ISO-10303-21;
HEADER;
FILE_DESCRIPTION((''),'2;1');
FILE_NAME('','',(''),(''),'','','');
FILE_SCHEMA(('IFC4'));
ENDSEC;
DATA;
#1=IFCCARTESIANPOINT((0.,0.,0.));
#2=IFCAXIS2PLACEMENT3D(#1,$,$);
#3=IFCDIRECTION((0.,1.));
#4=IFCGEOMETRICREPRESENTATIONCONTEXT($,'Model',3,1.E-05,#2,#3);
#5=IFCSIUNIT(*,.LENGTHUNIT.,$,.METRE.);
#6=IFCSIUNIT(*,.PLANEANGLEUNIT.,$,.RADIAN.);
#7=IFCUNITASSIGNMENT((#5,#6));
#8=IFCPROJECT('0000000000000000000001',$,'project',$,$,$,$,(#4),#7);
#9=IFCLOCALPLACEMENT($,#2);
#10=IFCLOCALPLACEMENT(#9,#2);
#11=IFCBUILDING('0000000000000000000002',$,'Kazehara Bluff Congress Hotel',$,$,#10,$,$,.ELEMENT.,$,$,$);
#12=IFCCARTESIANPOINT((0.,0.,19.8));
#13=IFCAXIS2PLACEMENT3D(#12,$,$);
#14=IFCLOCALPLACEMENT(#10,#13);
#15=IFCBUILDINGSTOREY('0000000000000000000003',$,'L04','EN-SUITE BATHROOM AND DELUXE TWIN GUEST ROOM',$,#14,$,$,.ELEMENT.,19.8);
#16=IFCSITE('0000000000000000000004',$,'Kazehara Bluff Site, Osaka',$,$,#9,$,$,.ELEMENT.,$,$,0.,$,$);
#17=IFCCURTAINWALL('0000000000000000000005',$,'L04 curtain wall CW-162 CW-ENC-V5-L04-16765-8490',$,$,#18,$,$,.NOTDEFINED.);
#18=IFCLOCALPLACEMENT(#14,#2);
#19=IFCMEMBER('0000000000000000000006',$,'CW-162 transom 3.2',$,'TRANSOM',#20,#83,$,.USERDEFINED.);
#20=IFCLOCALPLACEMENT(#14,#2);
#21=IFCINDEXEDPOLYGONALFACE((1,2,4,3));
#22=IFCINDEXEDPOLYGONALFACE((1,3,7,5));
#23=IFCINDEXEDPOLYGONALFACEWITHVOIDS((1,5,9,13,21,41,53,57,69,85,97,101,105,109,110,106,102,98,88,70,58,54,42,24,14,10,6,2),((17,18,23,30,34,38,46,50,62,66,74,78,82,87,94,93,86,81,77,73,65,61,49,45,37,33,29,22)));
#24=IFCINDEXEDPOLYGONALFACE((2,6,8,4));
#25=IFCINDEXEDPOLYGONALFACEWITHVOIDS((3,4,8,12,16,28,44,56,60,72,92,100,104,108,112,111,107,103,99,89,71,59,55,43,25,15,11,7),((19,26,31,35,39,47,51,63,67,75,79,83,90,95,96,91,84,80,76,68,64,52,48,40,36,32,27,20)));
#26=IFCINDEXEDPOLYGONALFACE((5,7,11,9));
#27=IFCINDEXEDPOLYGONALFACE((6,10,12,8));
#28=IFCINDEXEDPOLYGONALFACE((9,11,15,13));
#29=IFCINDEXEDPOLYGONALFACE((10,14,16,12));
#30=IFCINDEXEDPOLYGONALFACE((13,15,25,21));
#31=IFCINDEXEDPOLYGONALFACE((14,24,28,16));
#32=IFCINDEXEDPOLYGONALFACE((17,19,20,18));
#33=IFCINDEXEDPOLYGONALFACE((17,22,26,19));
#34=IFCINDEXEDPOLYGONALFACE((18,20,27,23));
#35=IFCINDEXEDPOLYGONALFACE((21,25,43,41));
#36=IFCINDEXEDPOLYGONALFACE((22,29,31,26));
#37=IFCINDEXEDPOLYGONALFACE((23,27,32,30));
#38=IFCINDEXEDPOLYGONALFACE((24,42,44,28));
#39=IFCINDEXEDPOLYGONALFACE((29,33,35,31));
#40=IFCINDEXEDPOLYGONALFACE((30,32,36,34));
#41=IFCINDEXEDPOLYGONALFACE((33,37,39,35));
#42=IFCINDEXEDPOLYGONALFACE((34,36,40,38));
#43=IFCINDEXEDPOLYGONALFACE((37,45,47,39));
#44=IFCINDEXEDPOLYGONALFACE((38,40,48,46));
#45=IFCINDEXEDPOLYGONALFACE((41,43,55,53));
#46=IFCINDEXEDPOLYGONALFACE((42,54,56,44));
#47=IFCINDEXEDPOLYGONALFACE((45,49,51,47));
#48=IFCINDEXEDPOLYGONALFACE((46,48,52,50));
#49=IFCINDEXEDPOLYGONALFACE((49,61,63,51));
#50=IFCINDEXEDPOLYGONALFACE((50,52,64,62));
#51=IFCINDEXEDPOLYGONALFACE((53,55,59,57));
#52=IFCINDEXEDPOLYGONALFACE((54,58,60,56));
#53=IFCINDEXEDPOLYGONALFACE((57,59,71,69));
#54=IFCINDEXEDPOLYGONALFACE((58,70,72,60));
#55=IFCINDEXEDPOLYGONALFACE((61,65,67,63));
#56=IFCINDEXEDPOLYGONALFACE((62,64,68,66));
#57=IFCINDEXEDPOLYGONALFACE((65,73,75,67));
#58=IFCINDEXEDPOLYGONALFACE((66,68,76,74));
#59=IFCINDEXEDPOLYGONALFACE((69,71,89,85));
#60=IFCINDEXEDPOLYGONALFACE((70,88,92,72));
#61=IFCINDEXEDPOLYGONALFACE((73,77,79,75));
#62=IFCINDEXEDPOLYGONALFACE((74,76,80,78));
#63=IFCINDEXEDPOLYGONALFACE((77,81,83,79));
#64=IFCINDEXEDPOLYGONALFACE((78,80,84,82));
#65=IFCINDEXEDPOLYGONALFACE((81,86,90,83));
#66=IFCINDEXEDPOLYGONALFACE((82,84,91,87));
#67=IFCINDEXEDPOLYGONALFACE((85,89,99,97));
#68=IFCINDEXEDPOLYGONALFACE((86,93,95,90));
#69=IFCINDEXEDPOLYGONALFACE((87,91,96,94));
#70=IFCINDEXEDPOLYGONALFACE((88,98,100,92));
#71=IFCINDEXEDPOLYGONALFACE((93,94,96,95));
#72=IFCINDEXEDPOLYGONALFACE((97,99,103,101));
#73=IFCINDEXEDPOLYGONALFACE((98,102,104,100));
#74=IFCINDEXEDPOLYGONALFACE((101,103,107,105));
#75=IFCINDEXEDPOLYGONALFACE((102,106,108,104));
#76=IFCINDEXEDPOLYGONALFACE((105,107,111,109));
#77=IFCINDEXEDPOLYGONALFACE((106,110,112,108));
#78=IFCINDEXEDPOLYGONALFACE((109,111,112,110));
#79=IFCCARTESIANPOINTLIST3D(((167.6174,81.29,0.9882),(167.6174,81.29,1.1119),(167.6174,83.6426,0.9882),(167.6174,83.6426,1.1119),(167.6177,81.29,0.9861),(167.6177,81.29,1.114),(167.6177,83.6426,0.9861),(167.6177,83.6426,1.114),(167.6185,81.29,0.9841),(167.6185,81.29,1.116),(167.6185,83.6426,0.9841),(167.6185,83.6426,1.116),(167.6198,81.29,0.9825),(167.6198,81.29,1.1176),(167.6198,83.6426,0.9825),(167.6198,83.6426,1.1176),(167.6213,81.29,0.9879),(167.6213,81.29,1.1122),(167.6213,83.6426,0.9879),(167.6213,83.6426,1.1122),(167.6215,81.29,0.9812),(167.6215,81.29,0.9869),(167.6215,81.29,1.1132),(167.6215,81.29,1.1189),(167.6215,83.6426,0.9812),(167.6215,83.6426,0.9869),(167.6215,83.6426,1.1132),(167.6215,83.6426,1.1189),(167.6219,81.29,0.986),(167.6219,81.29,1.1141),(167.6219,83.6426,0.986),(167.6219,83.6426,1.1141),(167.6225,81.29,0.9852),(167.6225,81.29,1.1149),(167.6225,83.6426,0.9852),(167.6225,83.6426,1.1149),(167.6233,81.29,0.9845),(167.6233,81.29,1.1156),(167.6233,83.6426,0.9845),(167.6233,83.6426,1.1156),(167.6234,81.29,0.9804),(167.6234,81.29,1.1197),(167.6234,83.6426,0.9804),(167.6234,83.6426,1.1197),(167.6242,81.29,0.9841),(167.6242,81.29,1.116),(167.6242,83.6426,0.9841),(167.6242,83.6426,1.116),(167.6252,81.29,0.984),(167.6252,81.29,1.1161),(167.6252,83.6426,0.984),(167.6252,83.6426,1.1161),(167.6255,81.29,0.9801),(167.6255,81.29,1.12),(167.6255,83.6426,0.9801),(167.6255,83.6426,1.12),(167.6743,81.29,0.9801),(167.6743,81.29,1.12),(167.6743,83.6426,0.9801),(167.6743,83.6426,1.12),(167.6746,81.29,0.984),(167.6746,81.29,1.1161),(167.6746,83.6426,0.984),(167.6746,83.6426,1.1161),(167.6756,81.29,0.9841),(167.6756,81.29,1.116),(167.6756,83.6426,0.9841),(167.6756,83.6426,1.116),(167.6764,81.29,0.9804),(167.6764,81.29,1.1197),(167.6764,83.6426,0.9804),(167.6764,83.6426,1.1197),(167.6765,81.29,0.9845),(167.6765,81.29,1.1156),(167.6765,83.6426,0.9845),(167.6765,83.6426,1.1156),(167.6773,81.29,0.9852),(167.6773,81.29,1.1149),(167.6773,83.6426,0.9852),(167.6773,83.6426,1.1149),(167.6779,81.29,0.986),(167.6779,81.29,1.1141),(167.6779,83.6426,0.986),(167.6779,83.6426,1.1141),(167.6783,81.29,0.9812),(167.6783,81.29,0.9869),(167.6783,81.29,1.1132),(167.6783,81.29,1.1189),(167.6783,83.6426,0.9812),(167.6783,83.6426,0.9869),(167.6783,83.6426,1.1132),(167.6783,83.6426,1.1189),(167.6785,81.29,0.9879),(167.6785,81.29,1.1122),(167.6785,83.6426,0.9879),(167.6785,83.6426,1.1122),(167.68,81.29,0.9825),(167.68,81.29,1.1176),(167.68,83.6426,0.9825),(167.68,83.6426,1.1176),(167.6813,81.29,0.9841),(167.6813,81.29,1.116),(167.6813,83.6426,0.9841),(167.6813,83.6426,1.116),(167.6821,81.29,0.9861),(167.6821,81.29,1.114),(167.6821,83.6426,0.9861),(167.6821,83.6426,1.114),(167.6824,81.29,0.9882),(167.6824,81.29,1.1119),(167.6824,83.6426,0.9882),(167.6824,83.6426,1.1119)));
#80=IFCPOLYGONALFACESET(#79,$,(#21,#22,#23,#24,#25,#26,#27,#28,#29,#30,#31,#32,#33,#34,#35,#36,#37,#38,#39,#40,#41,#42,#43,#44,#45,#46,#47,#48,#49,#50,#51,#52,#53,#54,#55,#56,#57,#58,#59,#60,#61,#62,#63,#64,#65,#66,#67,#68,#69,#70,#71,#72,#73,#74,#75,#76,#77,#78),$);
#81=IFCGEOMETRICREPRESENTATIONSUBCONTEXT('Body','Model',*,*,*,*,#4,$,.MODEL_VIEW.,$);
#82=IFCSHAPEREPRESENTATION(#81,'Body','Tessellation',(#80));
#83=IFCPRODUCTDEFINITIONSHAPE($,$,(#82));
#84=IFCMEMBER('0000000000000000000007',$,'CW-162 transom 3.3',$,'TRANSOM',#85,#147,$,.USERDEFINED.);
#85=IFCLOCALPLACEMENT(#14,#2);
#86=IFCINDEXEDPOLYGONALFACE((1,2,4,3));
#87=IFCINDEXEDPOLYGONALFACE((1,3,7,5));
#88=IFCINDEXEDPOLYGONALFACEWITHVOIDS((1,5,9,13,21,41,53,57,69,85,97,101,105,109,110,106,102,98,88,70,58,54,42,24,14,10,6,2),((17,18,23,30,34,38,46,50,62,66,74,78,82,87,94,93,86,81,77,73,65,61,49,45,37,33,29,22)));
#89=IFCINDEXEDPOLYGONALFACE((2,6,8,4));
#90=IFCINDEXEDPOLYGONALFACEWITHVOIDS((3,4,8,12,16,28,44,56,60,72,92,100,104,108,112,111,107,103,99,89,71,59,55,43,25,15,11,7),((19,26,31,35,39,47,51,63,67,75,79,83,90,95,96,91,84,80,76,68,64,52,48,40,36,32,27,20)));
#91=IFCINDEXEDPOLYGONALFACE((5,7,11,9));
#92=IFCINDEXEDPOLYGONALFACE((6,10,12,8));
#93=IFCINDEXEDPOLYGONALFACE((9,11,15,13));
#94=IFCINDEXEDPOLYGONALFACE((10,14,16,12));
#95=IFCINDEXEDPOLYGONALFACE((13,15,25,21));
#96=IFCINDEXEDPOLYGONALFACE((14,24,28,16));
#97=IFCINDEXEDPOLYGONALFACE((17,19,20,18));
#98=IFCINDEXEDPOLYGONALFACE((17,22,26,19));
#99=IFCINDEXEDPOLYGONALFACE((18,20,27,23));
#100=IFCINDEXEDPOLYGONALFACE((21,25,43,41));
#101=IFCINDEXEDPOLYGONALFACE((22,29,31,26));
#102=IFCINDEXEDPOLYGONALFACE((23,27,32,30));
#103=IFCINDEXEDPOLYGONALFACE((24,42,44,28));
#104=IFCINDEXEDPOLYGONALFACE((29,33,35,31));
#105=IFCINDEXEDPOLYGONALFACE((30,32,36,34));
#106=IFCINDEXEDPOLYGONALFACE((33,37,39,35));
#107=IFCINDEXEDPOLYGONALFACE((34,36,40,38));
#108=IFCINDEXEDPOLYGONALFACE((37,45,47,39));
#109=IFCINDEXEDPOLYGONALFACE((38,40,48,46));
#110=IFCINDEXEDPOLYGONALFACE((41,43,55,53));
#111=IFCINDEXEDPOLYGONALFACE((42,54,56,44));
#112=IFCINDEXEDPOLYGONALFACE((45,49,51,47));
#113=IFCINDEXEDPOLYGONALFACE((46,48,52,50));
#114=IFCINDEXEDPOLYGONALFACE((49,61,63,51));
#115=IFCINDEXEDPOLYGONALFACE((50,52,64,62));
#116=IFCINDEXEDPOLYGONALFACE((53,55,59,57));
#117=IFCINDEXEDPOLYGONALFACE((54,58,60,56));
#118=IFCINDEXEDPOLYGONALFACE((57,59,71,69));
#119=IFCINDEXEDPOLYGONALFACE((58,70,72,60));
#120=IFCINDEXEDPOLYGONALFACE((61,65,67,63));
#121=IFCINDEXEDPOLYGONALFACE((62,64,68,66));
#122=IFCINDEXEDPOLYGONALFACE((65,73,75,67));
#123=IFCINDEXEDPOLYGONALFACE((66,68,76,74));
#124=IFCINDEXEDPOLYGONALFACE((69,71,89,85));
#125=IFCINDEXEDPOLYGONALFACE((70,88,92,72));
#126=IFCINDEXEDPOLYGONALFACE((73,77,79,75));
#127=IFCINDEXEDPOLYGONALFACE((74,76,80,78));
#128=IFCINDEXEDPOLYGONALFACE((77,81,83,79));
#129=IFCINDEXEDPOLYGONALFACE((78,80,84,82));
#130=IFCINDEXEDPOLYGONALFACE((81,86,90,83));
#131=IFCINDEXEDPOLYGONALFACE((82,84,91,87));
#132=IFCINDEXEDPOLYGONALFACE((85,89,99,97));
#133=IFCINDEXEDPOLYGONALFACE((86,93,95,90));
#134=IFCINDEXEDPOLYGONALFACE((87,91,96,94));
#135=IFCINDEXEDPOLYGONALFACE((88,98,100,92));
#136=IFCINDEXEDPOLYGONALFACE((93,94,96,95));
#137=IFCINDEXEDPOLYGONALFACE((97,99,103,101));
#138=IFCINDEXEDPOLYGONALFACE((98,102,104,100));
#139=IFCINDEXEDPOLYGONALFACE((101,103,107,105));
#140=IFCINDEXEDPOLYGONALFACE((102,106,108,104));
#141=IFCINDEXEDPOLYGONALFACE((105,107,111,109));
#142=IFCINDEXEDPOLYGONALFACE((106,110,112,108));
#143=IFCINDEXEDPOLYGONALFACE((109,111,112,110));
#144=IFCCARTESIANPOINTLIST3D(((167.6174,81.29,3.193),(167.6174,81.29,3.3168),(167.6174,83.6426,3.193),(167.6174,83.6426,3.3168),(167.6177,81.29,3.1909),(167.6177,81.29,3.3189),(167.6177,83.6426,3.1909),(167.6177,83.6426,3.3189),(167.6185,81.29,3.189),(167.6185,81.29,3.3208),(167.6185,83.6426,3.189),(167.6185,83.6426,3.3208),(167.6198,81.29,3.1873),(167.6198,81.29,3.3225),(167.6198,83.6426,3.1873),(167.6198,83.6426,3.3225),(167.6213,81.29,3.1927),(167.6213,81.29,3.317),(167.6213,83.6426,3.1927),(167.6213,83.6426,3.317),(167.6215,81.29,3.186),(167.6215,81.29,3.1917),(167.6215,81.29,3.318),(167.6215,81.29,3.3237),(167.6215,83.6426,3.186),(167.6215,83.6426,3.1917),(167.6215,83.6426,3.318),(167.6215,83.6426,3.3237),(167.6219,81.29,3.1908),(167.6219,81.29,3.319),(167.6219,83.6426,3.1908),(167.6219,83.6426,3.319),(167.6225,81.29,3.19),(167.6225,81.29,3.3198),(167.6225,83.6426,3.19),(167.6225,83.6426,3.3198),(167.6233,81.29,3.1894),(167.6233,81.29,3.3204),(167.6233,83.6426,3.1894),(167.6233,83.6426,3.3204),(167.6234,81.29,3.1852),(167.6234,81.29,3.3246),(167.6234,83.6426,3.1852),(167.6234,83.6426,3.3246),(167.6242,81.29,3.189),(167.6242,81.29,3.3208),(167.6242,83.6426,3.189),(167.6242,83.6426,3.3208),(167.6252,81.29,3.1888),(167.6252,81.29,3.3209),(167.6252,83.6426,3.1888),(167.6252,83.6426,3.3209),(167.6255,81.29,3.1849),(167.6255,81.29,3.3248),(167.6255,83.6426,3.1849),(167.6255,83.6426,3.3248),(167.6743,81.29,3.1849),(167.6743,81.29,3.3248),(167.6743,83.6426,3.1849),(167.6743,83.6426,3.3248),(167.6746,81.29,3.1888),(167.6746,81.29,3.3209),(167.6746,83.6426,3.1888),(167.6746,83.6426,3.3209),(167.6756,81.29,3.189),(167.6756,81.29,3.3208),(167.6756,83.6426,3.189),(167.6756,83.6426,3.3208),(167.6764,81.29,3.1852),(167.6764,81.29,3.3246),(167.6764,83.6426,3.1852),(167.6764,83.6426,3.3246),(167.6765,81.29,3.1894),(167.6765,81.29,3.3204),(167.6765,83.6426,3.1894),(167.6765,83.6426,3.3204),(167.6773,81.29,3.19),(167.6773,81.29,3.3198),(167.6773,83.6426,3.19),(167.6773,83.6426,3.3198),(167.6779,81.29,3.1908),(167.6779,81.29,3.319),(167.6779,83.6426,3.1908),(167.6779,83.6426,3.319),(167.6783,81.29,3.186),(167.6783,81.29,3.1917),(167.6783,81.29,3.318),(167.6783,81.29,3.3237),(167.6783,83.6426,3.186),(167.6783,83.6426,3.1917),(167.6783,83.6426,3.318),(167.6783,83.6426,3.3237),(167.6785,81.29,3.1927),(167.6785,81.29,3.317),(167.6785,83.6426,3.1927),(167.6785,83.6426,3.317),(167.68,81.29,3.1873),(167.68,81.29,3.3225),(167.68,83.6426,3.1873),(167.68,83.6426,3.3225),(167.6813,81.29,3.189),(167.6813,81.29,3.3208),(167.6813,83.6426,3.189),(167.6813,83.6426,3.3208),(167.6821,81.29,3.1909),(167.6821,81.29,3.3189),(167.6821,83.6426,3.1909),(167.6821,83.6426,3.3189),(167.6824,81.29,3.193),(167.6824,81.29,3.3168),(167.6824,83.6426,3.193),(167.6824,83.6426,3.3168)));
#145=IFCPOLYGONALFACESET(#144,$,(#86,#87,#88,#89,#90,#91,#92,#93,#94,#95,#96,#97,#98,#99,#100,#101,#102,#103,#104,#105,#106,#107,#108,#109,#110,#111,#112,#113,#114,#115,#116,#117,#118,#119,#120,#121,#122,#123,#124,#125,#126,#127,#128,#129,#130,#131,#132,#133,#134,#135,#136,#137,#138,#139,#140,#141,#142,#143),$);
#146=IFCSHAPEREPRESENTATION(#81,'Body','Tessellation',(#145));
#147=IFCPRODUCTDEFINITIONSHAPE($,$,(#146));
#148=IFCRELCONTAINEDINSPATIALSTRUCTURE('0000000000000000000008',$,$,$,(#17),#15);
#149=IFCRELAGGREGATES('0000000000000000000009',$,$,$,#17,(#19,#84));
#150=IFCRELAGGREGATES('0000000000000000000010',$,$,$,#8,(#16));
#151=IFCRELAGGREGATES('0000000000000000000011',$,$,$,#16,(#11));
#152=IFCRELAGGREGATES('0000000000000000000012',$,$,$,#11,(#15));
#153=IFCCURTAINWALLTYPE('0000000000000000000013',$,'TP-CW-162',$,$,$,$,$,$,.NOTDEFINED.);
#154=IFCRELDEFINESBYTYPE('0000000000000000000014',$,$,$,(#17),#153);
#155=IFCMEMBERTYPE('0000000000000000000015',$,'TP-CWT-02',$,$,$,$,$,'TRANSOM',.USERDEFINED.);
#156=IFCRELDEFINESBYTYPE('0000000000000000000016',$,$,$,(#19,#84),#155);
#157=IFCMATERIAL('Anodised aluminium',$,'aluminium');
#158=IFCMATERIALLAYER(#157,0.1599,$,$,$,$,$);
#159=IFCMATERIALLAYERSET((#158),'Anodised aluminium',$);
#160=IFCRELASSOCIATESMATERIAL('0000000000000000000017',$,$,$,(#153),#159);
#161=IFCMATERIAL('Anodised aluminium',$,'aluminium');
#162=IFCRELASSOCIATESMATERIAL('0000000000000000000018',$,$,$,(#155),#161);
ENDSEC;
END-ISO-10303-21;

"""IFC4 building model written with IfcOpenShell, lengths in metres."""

from ifc_helpers import new_model, si_unit, direction, frame, origin, origin_2d, place, context, subcontext, project, spatial, hollow_rectangle, extrude, material, layer, layer_set, material_profile, profile_set, type_object, element, aggregate, save


model = new_model("IFC4")

# Units and contexts
model_context = context("Model", 3, precision=1e-05, world=origin(), true_north=direction((0.0, 1.0)))
body_context = subcontext(model_context, "Body", "Model", "MODEL_VIEW")
ifc_project = project(units=[si_unit("LENGTHUNIT", "METRE"), si_unit("PLANEANGLEUNIT", "RADIAN")], contexts=[model_context])

# Site, building, storey
site_placement = place(None, origin())
site = spatial("IfcSite", under=ifc_project, at=site_placement, Name="Kazehara Bluff Site, Osaka", CompositionType="ELEMENT", RefElevation=0.0)
building_placement = place(site_placement, origin())
building = spatial("IfcBuilding", under=site, at=building_placement, Name="Kazehara Bluff Congress Hotel", CompositionType="ELEMENT")
storey_placement = place(building_placement, frame((0.0, 0.0, 19.8)))
storey = spatial("IfcBuildingStorey", under=building, at=storey_placement, Name="L04", Description="EN-SUITE BATHROOM AND DELUXE TWIN GUEST ROOM", CompositionType="ELEMENT", Elevation=19.8)

# Curtain wall
ifc_material_1 = material(Name="Anodised aluminium", Category="aluminium")
ifc_layer_1 = layer(ifc_material_1, 0.1599)
ifc_layer_set_1 = layer_set([ifc_layer_1], Name="Anodised aluminium")
curtain_wall_type_1 = type_object("IfcCurtainWallType", Name="TP-CW-162", PredefinedType="NOTDEFINED", material=ifc_layer_set_1)
curtain_wall_1_placement = place(storey_placement, origin())
curtain_wall_1 = element("IfcCurtainWall", 1, at=curtain_wall_1_placement, inside=storey, type_object=curtain_wall_type_1, Name="L04 curtain wall CW-162 CW-ENC-V5-L04-16765-8490", PredefinedType="NOTDEFINED")

# Members
ifc_material_2 = material(Name="Anodised aluminium", Category="aluminium")
ifc_material_profile_1 = material_profile(ifc_material_2, hollow_rectangle(XDim=0.0649, YDim=0.1399, WallThickness=0.0039, InnerFilletRadius=0.0039, OuterFilletRadius=0.0081, at=origin_2d()))
ifc_profile_set_1 = profile_set([ifc_material_profile_1], Name="Anodised aluminium")
member_type_1 = type_object("IfcMemberType", Name="TP-CWT-02", ElementType="TRANSOM", PredefinedType="USERDEFINED", material=ifc_profile_set_1)
member_1_placement = place(storey_placement, frame((167.6499, 83.6426, 1.05), z_axis=(0.0, -1.0, 0.0), x_axis=(1.0, 0.0, 0.0)))
member_1 = element("IfcMember", 2, at=member_1_placement, type_object=member_type_1, Name="CW-162 transom 3.2", ObjectType="TRANSOM", PredefinedType="USERDEFINED", context=body_context, shape_type="SweptSolid", body=[
    extrude(hollow_rectangle(XDim=0.0649, YDim=0.1399, WallThickness=0.0039, InnerFilletRadius=0.0039, OuterFilletRadius=0.0081, at=origin_2d()), origin(), (0.0, 0.0, 1.0), 2.3525),
])
member_2_placement = place(storey_placement, frame((167.6499, 83.6426, 3.2549), z_axis=(0.0, -1.0, 0.0), x_axis=(1.0, 0.0, 0.0)))
member_2 = element("IfcMember", 3, at=member_2_placement, type_object=member_type_1, Name="CW-162 transom 3.3", ObjectType="TRANSOM", PredefinedType="USERDEFINED", context=body_context, shape_type="SweptSolid", body=[
    extrude(hollow_rectangle(XDim=0.0649, YDim=0.1399, WallThickness=0.0039, InnerFilletRadius=0.0039, OuterFilletRadius=0.0081, at=origin_2d()), origin(), (0.0, 0.0, 1.0), 2.3525),
])

aggregate(curtain_wall_1, [member_1, member_2])

save(model, "model.ifc")
